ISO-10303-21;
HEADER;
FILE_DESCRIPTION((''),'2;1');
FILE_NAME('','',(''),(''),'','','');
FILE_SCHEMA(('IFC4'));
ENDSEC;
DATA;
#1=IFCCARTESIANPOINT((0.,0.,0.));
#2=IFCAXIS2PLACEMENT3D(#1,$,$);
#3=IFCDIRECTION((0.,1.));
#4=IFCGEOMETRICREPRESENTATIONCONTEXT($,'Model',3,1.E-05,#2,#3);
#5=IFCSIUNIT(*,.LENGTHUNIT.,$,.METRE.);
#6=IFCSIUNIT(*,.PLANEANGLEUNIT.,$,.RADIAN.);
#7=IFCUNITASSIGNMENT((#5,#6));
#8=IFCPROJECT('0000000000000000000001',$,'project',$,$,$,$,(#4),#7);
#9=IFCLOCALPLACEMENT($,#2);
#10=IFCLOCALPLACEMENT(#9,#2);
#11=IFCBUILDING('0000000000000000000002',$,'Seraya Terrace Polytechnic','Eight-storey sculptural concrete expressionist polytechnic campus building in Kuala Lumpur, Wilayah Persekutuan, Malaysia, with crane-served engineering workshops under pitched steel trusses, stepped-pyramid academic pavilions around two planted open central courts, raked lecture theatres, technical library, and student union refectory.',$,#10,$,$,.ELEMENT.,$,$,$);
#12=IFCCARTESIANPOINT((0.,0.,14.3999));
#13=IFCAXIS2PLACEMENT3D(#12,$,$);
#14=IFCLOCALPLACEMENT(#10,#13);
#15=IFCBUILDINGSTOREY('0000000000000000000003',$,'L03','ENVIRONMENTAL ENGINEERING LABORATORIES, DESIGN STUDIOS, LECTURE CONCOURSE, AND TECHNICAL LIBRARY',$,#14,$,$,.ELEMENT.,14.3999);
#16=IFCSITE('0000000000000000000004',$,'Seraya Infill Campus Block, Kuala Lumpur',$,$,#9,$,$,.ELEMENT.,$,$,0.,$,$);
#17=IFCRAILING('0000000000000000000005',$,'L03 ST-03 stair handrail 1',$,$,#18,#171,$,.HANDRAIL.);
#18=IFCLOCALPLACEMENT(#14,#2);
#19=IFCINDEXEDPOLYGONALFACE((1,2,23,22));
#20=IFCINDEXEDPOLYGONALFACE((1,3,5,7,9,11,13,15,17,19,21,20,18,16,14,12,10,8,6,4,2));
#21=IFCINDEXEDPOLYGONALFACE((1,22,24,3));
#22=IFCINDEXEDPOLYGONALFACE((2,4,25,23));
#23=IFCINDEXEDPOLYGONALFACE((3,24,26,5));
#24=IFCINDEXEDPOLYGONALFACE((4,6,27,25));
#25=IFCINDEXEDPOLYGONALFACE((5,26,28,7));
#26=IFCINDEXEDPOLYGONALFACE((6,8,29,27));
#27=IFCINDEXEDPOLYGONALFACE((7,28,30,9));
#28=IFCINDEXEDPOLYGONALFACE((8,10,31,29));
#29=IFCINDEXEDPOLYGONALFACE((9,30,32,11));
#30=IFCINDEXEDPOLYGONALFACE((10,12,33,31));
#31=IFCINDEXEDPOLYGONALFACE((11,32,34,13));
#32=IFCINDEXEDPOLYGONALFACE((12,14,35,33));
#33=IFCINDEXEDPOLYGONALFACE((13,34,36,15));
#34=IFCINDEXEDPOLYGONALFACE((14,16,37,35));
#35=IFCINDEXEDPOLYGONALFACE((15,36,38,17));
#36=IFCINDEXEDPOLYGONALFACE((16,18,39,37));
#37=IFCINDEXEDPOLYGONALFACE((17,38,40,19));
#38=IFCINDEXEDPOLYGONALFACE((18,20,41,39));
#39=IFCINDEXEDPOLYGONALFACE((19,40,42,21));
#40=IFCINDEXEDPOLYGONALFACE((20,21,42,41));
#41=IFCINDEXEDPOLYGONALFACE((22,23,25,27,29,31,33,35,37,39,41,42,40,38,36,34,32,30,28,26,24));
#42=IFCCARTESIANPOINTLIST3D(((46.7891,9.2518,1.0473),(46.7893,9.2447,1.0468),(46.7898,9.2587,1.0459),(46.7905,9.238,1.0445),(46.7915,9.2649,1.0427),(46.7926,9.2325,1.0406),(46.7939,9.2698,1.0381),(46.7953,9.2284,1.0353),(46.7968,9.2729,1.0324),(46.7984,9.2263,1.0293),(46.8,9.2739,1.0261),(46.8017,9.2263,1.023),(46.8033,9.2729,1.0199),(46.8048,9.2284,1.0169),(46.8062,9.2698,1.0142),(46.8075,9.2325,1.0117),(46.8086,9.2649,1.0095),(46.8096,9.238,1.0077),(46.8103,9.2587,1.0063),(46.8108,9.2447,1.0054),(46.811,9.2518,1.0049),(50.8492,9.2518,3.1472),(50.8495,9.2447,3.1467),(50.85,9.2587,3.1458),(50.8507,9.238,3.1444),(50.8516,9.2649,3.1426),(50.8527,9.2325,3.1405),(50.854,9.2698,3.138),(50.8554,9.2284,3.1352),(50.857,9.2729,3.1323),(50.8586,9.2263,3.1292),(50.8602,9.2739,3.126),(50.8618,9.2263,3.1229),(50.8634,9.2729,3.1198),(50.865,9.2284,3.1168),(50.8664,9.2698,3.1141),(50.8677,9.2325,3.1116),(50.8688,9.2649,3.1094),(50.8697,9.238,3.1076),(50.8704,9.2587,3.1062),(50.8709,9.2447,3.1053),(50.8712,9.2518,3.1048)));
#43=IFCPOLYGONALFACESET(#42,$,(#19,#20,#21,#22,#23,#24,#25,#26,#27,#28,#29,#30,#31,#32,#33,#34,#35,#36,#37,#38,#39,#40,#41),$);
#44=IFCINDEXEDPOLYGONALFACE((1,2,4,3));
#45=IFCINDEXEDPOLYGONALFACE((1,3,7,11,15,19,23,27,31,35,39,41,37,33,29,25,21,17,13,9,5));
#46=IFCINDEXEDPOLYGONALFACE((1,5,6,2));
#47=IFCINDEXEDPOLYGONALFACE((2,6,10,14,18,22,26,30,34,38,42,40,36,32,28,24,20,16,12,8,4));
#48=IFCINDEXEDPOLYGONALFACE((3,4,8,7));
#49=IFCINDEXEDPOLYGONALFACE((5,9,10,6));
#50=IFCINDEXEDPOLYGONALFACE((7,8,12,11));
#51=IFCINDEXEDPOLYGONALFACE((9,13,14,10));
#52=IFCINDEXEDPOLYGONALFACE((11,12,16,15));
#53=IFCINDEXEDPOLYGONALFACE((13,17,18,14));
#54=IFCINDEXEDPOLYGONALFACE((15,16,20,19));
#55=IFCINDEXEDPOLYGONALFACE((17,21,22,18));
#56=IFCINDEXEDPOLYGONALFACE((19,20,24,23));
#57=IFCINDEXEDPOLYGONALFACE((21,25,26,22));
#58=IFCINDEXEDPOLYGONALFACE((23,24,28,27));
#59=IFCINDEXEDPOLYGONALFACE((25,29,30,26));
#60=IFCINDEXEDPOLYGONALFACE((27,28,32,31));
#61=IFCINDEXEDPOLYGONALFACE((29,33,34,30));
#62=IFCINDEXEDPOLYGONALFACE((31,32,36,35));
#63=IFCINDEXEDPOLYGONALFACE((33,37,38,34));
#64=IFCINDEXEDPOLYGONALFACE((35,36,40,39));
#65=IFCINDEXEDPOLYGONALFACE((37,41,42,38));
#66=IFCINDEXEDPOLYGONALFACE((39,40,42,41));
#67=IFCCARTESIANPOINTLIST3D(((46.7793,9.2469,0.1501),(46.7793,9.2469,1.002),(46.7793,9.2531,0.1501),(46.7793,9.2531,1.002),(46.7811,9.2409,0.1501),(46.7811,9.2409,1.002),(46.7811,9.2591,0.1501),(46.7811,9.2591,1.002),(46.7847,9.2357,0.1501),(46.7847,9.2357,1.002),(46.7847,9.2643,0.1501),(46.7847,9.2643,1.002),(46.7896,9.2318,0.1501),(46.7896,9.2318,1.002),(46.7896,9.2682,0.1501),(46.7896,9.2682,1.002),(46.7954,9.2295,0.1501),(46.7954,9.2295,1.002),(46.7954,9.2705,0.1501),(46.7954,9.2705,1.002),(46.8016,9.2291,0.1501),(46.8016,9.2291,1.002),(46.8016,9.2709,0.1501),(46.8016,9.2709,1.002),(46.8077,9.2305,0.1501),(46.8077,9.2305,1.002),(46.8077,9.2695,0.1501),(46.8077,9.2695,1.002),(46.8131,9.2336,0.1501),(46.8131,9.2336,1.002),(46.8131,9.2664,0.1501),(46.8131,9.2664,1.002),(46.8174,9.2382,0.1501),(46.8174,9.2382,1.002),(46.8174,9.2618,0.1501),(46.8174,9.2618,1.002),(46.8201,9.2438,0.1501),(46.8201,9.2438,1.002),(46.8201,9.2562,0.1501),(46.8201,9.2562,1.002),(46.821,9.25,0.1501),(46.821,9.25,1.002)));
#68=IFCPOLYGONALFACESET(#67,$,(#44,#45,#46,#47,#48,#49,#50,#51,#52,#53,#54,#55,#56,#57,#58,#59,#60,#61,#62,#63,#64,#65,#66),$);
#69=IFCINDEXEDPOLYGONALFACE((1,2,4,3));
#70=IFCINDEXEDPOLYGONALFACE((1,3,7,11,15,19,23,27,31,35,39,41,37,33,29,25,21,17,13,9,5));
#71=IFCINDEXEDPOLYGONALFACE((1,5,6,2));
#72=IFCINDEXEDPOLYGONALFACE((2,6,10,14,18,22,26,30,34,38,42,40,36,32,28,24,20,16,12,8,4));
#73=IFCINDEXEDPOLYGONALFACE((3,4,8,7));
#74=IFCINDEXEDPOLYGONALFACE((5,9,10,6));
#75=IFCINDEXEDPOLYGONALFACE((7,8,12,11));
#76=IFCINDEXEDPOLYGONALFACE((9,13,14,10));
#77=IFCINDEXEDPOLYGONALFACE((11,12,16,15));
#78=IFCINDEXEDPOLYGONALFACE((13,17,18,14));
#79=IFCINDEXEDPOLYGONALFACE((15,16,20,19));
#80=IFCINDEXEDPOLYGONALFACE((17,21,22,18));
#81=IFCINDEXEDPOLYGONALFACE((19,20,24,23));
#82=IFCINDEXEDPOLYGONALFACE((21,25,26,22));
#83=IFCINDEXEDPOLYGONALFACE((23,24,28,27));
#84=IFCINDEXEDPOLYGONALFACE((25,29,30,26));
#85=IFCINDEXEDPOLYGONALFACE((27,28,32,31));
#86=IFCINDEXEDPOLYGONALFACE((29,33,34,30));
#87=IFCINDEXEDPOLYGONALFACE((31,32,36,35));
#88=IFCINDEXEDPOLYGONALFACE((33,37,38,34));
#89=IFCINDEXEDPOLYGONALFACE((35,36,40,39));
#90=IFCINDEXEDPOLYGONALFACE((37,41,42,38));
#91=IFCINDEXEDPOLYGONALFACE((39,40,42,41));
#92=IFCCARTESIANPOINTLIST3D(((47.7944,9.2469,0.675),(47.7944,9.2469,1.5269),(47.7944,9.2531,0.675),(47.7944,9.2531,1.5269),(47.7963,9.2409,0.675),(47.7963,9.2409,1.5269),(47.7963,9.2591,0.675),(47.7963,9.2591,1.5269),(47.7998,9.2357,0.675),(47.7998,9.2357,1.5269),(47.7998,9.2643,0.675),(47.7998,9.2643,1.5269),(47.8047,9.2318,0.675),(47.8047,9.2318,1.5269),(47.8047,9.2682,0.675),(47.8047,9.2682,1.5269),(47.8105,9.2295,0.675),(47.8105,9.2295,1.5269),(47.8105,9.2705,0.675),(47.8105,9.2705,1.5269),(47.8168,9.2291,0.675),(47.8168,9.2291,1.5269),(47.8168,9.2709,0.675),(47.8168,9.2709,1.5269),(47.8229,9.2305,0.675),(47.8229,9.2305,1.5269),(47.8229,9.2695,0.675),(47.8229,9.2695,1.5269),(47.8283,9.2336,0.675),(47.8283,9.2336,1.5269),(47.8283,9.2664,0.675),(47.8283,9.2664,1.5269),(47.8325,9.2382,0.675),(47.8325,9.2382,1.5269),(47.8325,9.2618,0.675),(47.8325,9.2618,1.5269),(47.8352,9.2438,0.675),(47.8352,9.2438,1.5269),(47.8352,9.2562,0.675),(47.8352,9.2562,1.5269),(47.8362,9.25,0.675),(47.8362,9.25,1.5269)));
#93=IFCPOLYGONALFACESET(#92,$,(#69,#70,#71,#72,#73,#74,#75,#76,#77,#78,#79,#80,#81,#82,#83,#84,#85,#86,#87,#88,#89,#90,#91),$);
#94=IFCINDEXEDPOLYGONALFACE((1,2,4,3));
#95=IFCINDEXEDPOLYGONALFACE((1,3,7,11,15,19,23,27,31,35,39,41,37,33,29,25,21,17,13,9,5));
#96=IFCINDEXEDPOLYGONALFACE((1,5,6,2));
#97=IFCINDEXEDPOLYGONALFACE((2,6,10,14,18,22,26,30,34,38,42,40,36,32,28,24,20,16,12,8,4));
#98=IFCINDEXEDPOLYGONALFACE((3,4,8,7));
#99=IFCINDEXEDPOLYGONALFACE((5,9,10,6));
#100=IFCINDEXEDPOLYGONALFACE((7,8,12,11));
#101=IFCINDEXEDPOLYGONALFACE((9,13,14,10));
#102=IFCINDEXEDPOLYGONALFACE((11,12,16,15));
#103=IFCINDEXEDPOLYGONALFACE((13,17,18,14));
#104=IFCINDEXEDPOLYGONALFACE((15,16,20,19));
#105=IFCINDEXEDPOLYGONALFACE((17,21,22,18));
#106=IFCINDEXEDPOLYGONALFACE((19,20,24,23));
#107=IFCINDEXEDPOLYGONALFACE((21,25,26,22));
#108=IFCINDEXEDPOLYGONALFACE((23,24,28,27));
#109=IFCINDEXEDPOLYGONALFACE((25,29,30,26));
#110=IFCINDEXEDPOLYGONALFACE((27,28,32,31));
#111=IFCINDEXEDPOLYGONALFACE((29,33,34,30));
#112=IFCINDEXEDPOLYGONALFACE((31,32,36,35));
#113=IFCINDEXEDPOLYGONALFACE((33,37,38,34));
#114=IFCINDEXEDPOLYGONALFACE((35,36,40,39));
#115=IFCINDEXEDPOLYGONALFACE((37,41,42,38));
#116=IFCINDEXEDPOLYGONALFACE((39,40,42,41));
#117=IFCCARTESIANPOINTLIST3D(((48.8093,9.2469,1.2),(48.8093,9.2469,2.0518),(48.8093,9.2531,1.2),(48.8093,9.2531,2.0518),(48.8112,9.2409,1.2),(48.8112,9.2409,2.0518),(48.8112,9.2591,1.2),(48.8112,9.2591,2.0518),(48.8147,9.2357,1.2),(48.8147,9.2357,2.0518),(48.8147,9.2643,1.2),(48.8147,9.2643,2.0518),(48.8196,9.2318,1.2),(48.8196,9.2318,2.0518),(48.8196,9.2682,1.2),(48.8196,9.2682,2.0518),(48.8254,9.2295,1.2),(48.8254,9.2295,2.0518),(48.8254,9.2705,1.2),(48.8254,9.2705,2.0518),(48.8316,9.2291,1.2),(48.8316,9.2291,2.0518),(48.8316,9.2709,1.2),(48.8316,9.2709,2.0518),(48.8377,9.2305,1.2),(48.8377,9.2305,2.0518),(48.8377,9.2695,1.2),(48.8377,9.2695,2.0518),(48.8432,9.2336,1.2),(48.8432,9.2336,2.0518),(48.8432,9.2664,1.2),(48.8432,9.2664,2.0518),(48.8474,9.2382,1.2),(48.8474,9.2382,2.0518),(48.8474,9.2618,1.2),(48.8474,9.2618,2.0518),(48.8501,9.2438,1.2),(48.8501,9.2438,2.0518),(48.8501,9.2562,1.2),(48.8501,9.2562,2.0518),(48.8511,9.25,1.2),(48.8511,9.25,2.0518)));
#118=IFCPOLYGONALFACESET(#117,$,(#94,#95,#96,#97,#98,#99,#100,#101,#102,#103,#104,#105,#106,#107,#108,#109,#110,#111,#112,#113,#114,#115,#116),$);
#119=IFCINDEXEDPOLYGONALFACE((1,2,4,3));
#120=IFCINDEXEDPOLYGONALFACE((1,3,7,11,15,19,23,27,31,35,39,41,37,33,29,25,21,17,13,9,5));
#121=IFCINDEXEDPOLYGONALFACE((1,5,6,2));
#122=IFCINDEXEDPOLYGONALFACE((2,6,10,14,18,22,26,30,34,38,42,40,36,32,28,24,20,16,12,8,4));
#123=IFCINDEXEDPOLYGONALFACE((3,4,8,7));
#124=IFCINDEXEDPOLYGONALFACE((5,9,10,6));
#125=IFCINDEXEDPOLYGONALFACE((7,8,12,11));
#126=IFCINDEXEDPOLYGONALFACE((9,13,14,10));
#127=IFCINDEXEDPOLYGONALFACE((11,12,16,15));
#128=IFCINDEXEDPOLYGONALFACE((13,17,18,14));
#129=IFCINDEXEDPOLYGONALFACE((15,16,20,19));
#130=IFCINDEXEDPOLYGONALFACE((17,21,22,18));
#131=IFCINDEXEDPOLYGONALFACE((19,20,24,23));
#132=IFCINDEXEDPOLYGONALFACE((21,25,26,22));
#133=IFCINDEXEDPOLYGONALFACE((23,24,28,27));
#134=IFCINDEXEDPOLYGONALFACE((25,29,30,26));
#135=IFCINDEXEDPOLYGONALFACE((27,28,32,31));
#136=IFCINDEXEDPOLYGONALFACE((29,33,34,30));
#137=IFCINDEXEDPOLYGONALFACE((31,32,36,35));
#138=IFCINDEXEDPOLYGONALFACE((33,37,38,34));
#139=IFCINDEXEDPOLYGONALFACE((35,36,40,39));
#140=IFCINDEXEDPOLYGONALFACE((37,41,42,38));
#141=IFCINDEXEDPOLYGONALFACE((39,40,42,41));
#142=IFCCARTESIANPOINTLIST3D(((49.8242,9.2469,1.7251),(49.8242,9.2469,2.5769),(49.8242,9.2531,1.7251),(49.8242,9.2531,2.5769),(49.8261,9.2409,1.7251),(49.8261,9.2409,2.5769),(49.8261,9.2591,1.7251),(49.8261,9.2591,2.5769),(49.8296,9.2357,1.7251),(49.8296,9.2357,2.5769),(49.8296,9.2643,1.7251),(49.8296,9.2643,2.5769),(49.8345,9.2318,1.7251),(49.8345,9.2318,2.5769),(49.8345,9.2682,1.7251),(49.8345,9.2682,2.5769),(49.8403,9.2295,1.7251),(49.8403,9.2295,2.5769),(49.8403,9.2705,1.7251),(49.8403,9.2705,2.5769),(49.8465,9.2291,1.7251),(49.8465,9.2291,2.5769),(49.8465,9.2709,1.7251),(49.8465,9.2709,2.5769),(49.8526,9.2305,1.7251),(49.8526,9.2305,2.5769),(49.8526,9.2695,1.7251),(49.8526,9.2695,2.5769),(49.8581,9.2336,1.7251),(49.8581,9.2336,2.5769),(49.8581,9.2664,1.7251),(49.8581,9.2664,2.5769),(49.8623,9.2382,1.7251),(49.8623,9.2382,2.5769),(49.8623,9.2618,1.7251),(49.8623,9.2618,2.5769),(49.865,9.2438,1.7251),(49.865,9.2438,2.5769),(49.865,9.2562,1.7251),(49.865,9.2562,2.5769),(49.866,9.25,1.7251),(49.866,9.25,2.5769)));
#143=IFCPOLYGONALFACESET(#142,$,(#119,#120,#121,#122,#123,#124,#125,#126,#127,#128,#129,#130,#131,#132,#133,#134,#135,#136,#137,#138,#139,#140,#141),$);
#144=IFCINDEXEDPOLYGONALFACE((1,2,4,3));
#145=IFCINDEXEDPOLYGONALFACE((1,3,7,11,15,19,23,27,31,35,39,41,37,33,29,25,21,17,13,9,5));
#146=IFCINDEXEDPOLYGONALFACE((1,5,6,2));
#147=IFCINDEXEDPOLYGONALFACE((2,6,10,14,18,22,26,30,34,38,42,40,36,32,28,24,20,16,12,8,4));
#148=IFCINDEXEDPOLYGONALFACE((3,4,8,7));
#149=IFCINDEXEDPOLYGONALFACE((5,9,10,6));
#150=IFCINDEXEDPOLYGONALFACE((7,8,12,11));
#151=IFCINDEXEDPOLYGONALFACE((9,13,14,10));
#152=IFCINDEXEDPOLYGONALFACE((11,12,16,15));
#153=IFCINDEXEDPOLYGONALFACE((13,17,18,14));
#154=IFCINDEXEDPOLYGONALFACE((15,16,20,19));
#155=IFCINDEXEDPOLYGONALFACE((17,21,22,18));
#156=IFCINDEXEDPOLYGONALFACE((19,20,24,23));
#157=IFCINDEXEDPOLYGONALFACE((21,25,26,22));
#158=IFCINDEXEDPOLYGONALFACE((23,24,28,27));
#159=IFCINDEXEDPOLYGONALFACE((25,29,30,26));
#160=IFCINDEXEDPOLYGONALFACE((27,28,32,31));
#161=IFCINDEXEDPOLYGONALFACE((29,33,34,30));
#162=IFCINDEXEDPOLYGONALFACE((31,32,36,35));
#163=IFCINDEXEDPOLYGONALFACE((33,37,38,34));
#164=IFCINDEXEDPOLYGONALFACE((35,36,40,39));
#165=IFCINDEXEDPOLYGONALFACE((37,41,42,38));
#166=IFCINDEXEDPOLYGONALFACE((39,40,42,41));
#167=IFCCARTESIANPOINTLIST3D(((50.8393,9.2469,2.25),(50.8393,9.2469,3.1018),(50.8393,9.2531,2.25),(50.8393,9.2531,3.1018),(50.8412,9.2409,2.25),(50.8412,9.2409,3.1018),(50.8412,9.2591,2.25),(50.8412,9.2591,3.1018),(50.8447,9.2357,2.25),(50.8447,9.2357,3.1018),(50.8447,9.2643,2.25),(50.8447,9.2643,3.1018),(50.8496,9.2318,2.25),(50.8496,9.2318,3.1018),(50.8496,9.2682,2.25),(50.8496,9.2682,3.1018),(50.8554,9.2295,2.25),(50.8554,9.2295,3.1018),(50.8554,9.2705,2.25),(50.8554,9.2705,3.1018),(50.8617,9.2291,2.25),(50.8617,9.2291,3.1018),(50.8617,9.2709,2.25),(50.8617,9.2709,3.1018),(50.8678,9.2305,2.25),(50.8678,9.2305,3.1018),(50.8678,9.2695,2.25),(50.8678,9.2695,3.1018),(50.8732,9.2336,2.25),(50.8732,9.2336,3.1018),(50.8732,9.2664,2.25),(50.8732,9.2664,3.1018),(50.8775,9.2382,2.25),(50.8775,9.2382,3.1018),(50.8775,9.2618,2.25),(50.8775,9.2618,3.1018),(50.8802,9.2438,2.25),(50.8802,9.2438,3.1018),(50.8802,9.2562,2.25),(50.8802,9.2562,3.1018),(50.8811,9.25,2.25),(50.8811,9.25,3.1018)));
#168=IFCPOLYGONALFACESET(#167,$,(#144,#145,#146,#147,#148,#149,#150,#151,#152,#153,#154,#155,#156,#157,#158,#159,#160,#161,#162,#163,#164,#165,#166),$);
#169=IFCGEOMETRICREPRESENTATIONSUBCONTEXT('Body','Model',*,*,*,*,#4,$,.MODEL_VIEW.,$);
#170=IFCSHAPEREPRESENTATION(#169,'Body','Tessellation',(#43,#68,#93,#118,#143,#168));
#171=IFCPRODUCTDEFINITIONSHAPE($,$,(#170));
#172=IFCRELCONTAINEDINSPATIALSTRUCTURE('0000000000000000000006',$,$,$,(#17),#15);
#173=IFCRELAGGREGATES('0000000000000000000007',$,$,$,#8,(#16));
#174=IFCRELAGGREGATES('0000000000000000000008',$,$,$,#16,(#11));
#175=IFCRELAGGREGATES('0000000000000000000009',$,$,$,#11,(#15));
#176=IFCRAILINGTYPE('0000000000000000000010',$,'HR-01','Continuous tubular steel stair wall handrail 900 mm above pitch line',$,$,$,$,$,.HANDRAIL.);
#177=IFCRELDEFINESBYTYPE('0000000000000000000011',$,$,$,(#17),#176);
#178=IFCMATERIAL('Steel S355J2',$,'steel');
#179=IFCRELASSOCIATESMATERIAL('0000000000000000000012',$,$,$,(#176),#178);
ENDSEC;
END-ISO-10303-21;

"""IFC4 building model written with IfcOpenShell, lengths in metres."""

from ifc_helpers import new_model, si_unit, direction, frame, origin, origin_2d, place, context, subcontext, project, spatial, circle, extrude, material, type_object, element, save


model = new_model("IFC4")

# Units and contexts
model_context = context("Model", 3, precision=1e-05, world=origin(), true_north=direction((0.0, 1.0)))
body_context = subcontext(model_context, "Body", "Model", "MODEL_VIEW")
ifc_project = project(units=[si_unit("LENGTHUNIT", "METRE"), si_unit("PLANEANGLEUNIT", "RADIAN")], contexts=[model_context])

# Site, building, storey
site_placement = place(None, origin())
site = spatial("IfcSite", under=ifc_project, at=site_placement, Name="Seraya Infill Campus Block, Kuala Lumpur", CompositionType="ELEMENT", RefElevation=0.0)
building_placement = place(site_placement, origin())
building = spatial("IfcBuilding", under=site, at=building_placement, Name="Seraya Terrace Polytechnic", Description="Eight-storey sculptural concrete expressionist polytechnic campus building in Kuala Lumpur, Wilayah Persekutuan, Malaysia, with crane-served engineering workshops under pitched steel trusses, stepped-pyramid academic pavilions around two planted open central courts, raked lecture theatres, technical library, and student union refectory.", CompositionType="ELEMENT")
storey_placement = place(building_placement, frame((0.0, 0.0, 14.3999)))
storey = spatial("IfcBuildingStorey", under=building, at=storey_placement, Name="L03", Description="ENVIRONMENTAL ENGINEERING LABORATORIES, DESIGN STUDIOS, LECTURE CONCOURSE, AND TECHNICAL LIBRARY", CompositionType="ELEMENT", Elevation=14.3999)

# Shared definitions
ifc_material_1 = material(Name="Steel S355J2", Category="steel")

# Railing
railing_type_1 = type_object("IfcRailingType", Name="HR-01", Description="Continuous tubular steel stair wall handrail 900 mm above pitch line", PredefinedType="HANDRAIL", material=ifc_material_1)
railing_1_placement = place(storey_placement, frame((46.8, 9.25, 0.1501)))
element("IfcRailing", 1, at=railing_1_placement, inside=storey, type_object=railing_type_1, Name="L03 ST-03 stair handrail 1", PredefinedType="HANDRAIL", context=body_context, shape_type="SweptSolid", body=[
    extrude(circle(Radius=0.0239, at=origin_2d()), frame((0.0, 0.0, 0.876), z_axis=(0.888233, 0.0, 0.459392), x_axis=(0.0, 1.0, 0.0)), (0.0, 0.0, 1.0), 4.571),
    extrude(circle(Radius=0.021, at=origin_2d()), origin(), (0.0, 0.0, 1.0), 0.8518),
    extrude(circle(Radius=0.021, at=origin_2d()), frame((1.0151, 0.0, 0.5249)), (0.0, 0.0, 1.0), 0.8518),
    extrude(circle(Radius=0.021, at=origin_2d()), frame((2.03, 0.0, 1.0498)), (0.0, 0.0, 1.0), 0.8518),
    extrude(circle(Radius=0.021, at=origin_2d()), frame((3.0449, 0.0, 1.575)), (0.0, 0.0, 1.0), 0.8518),
    extrude(circle(Radius=0.021, at=origin_2d()), frame((4.0601, 0.0, 2.0999)), (0.0, 0.0, 1.0), 0.8518),
])

save(model, "model.ifc")
